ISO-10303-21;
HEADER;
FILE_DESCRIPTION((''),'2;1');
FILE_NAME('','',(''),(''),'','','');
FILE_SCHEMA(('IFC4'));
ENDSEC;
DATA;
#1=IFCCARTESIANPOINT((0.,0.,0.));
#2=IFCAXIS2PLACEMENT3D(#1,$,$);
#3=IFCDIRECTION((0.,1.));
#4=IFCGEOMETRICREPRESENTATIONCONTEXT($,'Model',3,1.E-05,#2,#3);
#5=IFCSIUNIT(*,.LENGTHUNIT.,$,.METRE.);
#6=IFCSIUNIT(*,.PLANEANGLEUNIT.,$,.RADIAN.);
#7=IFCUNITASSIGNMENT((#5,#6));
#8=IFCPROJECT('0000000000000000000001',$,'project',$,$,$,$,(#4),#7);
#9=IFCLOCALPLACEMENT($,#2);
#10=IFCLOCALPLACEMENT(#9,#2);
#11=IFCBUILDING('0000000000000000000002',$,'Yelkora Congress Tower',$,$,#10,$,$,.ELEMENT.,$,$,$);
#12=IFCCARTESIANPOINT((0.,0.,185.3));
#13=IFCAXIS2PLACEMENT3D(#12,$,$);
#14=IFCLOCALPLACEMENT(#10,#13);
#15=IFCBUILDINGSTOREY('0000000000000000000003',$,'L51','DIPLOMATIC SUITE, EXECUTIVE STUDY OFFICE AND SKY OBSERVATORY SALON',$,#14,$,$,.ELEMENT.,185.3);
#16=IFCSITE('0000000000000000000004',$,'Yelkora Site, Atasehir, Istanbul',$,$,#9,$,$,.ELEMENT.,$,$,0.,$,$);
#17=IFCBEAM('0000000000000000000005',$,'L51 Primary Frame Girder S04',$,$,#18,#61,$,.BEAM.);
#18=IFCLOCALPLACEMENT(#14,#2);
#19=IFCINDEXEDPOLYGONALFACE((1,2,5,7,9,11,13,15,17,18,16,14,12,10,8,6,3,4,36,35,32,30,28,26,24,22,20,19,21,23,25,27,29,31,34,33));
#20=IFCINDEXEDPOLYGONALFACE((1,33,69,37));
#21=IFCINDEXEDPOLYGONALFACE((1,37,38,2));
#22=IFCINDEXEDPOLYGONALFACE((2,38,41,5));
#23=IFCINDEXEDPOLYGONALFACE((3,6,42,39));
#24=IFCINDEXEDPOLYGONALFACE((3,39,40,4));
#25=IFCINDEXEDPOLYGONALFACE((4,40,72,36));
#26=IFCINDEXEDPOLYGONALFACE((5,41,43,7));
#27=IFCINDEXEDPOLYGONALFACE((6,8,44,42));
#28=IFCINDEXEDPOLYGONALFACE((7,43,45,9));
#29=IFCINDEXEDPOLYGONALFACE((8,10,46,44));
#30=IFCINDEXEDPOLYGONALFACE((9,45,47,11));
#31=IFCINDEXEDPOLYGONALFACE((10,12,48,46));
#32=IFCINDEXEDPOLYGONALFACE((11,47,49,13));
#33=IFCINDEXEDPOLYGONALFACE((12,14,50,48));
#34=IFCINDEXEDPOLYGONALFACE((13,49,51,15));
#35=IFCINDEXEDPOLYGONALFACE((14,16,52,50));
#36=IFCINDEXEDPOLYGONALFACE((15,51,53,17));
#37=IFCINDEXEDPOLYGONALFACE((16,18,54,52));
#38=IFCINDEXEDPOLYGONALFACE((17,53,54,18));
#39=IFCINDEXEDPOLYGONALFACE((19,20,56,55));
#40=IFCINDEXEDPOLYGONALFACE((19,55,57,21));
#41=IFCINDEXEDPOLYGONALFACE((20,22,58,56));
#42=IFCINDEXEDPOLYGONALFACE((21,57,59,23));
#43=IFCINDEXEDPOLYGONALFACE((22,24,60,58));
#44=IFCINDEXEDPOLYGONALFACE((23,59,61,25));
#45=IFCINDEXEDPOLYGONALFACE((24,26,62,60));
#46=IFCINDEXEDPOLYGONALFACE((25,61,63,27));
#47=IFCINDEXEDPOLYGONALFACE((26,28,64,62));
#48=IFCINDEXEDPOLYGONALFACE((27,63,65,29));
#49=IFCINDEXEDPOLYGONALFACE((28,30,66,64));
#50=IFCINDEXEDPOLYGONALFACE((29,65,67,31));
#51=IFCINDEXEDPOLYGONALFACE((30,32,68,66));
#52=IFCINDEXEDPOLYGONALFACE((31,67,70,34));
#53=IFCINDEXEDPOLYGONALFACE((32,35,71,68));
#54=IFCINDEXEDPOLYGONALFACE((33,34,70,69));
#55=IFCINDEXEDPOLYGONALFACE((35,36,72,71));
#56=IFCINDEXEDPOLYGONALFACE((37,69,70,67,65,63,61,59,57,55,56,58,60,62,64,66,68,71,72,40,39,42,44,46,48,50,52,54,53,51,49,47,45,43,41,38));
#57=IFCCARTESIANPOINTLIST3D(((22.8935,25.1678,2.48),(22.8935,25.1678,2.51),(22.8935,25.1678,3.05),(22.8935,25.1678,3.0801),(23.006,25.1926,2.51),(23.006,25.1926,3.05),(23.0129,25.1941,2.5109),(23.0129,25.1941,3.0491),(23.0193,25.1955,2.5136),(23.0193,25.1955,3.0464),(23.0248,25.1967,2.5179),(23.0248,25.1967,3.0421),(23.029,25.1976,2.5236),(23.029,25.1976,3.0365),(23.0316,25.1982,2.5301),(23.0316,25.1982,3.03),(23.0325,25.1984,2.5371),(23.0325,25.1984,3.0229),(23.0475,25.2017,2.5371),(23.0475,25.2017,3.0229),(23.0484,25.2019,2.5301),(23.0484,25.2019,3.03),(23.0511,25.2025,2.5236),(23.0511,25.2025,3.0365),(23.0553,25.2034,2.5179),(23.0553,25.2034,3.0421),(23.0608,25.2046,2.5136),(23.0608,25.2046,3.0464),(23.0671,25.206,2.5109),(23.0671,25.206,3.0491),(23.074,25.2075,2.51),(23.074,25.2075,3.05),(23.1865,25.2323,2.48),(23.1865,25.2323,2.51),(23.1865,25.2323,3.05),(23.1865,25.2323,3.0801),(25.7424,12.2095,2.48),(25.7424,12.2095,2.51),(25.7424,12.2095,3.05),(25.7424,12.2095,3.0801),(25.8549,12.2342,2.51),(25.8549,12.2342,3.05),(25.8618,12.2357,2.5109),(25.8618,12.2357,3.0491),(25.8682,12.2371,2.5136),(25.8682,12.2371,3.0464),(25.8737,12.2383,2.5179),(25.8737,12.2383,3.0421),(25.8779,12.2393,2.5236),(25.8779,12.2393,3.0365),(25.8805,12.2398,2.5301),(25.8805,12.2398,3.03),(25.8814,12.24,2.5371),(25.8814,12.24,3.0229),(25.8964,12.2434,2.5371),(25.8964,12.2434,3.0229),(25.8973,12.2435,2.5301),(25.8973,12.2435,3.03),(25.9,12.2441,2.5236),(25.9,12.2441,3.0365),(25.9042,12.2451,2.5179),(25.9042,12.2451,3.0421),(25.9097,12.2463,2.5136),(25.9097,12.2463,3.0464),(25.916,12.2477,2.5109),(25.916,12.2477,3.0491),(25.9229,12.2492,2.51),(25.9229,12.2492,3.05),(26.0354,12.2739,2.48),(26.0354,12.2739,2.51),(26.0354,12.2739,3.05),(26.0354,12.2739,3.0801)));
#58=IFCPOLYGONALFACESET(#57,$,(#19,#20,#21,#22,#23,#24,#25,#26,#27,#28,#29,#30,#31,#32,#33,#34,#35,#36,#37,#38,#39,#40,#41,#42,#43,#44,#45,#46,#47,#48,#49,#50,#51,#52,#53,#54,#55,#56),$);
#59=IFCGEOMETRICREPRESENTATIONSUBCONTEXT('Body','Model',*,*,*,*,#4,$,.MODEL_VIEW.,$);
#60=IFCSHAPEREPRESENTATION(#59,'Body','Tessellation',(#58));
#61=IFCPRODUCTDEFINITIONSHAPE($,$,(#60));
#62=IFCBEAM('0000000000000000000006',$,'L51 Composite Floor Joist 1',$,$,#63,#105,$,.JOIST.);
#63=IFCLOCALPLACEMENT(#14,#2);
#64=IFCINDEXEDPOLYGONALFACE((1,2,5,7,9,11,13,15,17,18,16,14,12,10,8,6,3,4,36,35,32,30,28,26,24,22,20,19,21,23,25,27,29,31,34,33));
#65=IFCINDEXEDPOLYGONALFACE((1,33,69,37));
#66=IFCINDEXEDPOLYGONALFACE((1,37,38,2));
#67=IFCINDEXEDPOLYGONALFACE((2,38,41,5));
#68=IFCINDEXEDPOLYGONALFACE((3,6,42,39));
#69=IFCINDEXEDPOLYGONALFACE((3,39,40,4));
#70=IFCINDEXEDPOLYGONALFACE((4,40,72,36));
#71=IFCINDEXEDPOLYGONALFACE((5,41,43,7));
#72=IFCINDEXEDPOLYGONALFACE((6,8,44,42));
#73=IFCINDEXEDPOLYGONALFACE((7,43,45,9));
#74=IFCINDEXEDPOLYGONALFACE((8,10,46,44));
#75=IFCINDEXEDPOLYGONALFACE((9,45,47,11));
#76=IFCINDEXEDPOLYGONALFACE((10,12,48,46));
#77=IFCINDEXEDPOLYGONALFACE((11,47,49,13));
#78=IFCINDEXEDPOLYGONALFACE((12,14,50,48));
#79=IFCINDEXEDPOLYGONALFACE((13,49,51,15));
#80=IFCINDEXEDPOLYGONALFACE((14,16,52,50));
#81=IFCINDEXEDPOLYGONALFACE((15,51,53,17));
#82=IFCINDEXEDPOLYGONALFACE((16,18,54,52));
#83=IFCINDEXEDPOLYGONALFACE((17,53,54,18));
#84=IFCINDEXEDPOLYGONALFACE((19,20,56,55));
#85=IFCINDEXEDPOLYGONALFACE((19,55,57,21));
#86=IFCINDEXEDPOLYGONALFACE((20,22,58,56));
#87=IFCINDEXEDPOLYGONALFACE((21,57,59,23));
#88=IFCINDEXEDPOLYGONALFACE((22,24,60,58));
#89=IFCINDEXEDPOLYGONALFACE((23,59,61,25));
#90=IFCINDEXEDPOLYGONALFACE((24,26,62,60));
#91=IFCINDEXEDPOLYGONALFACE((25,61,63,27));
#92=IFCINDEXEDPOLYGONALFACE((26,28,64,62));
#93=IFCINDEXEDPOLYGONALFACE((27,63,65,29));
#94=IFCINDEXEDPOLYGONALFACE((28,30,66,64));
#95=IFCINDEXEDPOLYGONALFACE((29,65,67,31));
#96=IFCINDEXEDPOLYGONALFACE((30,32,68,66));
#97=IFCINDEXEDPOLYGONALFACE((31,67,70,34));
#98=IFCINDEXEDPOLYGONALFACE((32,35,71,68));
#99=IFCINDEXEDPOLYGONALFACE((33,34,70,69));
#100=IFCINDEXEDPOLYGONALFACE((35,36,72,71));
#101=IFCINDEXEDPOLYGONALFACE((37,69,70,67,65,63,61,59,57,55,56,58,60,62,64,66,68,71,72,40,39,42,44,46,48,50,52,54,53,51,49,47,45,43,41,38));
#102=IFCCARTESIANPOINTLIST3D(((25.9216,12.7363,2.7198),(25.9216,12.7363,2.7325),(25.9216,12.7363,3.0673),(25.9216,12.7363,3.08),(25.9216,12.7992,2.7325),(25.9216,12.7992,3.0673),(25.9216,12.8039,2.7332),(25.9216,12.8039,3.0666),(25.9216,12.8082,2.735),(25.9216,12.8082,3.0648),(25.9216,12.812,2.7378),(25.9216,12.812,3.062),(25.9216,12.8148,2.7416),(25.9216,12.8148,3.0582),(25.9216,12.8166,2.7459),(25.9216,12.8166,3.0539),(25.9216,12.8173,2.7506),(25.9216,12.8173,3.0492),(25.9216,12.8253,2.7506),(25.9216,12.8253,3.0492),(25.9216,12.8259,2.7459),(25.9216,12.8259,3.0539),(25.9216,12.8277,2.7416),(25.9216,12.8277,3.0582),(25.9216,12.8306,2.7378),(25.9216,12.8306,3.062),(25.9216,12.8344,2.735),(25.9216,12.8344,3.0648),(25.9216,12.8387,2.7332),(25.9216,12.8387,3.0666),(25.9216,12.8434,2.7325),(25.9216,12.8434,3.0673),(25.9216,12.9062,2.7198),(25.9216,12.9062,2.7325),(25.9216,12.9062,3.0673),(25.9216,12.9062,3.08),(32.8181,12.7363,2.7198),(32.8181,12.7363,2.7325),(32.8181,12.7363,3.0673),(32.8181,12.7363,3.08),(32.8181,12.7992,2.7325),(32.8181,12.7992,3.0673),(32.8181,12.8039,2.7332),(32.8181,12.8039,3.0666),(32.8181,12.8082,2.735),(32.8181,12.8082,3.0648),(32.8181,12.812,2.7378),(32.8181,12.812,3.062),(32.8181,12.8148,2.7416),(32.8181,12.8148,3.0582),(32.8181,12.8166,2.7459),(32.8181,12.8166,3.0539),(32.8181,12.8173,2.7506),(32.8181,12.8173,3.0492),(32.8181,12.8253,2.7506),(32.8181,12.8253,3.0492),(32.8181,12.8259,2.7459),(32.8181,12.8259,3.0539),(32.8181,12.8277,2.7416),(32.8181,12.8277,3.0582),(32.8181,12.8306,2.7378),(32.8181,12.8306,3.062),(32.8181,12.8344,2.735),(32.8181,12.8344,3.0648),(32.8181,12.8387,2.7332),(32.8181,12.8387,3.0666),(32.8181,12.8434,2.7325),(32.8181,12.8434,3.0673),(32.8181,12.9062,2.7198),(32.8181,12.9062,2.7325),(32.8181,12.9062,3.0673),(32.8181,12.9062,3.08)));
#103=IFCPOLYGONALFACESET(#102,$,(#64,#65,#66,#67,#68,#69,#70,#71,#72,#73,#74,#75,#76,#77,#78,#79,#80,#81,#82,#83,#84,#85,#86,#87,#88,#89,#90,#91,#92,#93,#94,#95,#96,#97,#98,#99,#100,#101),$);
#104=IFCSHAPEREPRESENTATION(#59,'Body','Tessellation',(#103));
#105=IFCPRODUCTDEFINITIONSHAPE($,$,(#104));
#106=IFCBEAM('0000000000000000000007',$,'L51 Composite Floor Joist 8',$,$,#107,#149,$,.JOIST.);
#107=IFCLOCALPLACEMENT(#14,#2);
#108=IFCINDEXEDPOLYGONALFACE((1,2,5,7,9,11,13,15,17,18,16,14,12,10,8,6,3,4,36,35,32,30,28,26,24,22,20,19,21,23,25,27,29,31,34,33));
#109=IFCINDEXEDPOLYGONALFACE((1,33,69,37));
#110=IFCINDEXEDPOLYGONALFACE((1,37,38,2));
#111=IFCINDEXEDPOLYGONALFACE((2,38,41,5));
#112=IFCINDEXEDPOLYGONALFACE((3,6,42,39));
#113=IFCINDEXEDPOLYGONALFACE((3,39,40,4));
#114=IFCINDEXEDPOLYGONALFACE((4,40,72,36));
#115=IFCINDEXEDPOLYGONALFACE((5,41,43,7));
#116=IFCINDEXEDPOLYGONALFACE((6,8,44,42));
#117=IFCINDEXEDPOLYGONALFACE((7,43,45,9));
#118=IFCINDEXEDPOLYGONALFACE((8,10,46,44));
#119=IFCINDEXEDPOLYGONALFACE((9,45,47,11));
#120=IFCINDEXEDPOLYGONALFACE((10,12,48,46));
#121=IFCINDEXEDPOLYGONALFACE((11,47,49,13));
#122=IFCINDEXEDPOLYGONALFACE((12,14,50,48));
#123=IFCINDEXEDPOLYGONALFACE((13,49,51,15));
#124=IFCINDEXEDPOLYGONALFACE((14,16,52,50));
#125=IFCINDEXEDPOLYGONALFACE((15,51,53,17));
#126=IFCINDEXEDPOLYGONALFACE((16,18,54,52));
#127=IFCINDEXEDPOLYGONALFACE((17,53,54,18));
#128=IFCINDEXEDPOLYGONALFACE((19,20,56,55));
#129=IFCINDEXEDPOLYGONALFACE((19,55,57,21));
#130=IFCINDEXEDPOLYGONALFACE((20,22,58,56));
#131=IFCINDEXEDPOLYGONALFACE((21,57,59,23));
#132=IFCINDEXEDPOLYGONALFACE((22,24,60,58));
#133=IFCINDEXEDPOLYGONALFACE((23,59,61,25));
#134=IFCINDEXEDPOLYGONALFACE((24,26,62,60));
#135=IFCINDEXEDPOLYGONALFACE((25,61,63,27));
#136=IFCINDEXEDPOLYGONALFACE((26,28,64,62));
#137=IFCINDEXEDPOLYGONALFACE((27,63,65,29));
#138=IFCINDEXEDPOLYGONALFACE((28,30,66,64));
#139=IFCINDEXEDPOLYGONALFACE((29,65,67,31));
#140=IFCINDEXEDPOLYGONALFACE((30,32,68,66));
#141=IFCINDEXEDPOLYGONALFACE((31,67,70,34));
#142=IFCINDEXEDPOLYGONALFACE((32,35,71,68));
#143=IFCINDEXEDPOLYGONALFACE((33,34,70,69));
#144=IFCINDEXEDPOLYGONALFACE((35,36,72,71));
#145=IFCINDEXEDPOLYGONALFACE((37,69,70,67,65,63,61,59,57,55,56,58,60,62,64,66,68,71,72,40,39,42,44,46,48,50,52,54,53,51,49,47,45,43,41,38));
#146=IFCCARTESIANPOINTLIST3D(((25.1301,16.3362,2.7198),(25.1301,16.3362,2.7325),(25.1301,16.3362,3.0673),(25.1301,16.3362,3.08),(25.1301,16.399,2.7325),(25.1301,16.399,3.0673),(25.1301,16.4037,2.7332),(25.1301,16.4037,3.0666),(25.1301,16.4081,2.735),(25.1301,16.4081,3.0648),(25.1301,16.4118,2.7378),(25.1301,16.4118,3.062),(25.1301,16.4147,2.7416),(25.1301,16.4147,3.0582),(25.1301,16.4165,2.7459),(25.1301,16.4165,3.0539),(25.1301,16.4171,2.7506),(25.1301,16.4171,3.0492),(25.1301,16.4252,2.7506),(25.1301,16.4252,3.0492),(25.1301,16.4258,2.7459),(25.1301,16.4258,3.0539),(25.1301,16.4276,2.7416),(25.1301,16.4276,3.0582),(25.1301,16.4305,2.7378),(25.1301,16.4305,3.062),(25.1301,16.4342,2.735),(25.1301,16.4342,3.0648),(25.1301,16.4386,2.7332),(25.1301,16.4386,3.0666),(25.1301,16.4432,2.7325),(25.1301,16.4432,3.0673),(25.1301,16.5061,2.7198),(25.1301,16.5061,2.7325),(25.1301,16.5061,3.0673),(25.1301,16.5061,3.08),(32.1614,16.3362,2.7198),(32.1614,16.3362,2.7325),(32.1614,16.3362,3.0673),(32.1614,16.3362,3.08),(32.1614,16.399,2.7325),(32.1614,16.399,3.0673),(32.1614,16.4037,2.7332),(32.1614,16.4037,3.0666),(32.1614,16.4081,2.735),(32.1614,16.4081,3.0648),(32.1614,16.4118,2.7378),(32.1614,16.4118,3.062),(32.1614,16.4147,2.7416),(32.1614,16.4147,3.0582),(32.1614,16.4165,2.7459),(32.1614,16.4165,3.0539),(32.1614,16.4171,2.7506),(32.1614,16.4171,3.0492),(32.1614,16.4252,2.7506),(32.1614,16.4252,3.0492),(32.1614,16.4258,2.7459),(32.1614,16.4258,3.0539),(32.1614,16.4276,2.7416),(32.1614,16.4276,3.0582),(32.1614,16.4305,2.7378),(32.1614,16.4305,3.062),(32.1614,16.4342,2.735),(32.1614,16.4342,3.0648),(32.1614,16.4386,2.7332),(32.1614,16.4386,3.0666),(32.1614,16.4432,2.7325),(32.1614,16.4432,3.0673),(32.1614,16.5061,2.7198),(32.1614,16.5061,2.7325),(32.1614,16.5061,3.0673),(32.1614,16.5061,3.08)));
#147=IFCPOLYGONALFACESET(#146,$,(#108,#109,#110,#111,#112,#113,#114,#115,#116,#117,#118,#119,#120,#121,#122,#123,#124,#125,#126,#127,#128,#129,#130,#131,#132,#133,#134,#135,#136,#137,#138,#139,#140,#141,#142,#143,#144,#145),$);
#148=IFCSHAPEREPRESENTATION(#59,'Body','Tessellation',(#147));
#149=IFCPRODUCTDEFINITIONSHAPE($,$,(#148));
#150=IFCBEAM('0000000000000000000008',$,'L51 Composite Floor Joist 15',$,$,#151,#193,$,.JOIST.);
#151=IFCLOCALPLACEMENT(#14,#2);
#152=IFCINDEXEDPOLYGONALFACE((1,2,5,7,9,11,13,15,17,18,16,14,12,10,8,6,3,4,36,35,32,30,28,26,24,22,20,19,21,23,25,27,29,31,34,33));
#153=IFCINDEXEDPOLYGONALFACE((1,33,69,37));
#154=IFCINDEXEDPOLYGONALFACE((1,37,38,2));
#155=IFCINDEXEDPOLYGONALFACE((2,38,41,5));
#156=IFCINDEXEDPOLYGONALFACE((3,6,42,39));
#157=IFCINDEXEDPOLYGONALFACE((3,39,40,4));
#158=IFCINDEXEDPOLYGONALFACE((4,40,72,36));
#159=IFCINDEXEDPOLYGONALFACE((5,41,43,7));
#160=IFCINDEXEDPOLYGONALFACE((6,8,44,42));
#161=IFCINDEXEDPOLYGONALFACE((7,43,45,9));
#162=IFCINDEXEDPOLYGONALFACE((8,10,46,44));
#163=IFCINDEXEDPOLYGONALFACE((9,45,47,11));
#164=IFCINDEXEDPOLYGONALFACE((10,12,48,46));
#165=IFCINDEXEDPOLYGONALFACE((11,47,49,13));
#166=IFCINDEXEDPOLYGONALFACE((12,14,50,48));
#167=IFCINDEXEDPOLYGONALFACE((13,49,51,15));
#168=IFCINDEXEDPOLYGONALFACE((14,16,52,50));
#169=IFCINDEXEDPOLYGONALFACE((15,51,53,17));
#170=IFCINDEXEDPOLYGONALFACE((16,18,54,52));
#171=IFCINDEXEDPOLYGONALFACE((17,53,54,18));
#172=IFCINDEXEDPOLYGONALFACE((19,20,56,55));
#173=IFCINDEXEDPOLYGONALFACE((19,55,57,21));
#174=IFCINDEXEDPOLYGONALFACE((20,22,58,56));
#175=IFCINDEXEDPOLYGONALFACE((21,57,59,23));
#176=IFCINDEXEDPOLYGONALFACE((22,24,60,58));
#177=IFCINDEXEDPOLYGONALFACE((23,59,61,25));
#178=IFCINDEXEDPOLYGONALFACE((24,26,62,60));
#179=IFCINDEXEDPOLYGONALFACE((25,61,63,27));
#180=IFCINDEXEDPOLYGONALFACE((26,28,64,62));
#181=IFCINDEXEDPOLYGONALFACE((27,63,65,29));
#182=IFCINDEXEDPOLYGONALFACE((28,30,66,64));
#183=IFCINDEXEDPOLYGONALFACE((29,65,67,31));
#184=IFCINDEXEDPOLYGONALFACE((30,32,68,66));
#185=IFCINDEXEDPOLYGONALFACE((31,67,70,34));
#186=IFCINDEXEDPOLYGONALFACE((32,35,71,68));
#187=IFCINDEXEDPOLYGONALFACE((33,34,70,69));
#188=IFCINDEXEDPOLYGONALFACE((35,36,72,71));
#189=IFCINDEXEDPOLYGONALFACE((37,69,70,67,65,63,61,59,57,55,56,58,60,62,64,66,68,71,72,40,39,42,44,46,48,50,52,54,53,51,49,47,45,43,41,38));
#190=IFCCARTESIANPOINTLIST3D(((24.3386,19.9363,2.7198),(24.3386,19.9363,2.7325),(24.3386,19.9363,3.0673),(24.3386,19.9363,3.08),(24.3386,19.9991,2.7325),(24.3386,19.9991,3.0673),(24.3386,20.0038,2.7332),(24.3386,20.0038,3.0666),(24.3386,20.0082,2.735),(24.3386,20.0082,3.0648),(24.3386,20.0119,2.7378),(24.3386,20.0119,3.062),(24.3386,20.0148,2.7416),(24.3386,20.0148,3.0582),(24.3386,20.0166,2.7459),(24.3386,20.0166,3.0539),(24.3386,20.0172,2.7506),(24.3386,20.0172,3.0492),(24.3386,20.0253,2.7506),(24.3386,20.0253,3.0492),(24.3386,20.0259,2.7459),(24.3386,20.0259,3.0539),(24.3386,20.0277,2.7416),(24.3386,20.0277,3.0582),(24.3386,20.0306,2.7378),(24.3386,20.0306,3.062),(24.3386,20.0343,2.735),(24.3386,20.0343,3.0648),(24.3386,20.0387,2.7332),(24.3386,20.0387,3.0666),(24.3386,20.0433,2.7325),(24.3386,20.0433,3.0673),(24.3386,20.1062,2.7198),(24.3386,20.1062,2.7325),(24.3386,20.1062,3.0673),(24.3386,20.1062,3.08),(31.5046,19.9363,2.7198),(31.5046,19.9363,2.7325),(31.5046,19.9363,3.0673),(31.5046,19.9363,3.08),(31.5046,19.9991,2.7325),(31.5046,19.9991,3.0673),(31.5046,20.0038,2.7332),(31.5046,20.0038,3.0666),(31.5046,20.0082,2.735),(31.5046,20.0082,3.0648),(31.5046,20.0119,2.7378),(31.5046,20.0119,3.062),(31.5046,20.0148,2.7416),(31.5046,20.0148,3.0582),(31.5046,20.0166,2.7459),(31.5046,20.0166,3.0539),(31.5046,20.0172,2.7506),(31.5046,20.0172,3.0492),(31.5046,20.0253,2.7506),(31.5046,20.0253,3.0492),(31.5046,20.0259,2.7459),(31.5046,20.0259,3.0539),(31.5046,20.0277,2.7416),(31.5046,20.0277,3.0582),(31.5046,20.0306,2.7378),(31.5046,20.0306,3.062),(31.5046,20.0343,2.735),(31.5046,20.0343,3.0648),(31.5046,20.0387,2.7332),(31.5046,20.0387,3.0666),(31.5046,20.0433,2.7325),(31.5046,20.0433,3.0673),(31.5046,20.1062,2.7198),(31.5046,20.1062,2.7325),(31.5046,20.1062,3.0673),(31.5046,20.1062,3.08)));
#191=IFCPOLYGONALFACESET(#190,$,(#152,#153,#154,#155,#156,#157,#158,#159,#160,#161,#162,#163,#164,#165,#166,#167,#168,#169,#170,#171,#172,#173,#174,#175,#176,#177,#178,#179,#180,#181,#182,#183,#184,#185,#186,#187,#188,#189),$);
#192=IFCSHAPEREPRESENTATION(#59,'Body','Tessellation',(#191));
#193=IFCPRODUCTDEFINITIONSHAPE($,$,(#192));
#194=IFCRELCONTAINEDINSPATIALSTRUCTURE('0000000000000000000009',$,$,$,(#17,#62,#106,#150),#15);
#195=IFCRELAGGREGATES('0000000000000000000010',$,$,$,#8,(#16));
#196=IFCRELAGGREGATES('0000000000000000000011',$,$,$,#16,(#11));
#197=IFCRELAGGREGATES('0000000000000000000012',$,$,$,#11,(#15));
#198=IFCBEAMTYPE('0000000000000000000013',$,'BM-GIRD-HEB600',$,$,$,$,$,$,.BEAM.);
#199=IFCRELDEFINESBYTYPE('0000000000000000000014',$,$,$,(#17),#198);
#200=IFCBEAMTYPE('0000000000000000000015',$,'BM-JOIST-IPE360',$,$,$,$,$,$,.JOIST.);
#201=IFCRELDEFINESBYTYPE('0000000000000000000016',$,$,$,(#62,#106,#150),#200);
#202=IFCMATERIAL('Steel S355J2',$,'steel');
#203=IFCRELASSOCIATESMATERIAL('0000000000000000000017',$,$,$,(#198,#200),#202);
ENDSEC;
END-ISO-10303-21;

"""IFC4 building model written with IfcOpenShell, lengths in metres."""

from ifc_helpers import new_model, si_unit, direction, frame, origin, origin_2d, place, context, subcontext, project, spatial, i_section, extrude, material, material_profile, profile_set, type_object, element, save


model = new_model("IFC4")

# Units and contexts
model_context = context("Model", 3, precision=1e-05, world=origin(), true_north=direction((0.0, 1.0)))
body_context = subcontext(model_context, "Body", "Model", "MODEL_VIEW")
ifc_project = project(units=[si_unit("LENGTHUNIT", "METRE"), si_unit("PLANEANGLEUNIT", "RADIAN")], contexts=[model_context])

# Site, building, storey
site_placement = place(None, origin())
site = spatial("IfcSite", under=ifc_project, at=site_placement, Name="Yelkora Site, Atasehir, Istanbul", CompositionType="ELEMENT", RefElevation=0.0)
building_placement = place(site_placement, origin())
building = spatial("IfcBuilding", under=site, at=building_placement, Name="Yelkora Congress Tower", CompositionType="ELEMENT")
storey_placement = place(building_placement, frame((0.0, 0.0, 185.3)))
storey = spatial("IfcBuildingStorey", under=building, at=storey_placement, Name="L51", Description="DIPLOMATIC SUITE, EXECUTIVE STUDY OFFICE AND SKY OBSERVATORY SALON", CompositionType="ELEMENT", Elevation=185.3)

# Beams
ifc_material_1 = material(Name="Steel S355J2", Category="steel")
ifc_material_profile_1 = material_profile(ifc_material_1, i_section(OverallWidth=0.3, OverallDepth=0.6001, WebThickness=0.0154, FlangeThickness=0.03, FilletRadius=0.0271, at=origin_2d()), Name="HEB 600")
ifc_profile_set_1 = profile_set([ifc_material_profile_1], Name="Steel S355J2")
beam_type_1 = type_object("IfcBeamType", Name="BM-GIRD-HEB600", PredefinedType="BEAM", material=ifc_profile_set_1)
beam_1_placement = place(storey_placement, frame((25.8889, 12.2417, 2.78), z_axis=(-0.214722, 0.976675, 0.0), x_axis=(-0.976675, -0.214722, 0.0)))
element("IfcBeam", 1, at=beam_1_placement, inside=storey, type_object=beam_type_1, Name="L51 Primary Frame Girder S04", PredefinedType="BEAM", context=body_context, shape_type="SweptSolid", body=[
    extrude(i_section(OverallWidth=0.3, OverallDepth=0.6001, WebThickness=0.0154, FlangeThickness=0.03, FilletRadius=0.0271, at=origin_2d()), origin(), (0.0, 0.0, 1.0), 13.2678),
])
ifc_material_profile_2 = material_profile(ifc_material_1, i_section(OverallWidth=0.1699, OverallDepth=0.3601, WebThickness=0.0081, FlangeThickness=0.0127, FilletRadius=0.0181, at=origin_2d()), Name="IPE 360")
ifc_profile_set_2 = profile_set([ifc_material_profile_2], Name="Steel S355J2")
beam_type_2 = type_object("IfcBeamType", Name="BM-JOIST-IPE360", PredefinedType="JOIST", material=ifc_profile_set_2)
beam_2_placement = place(storey_placement, frame((25.9216, 12.8213, 2.8999), z_axis=(1.0, 0.0, 0.0), x_axis=(0.0, 1.0, 0.0)))
element("IfcBeam", 2, at=beam_2_placement, inside=storey, type_object=beam_type_2, Name="L51 Composite Floor Joist 1", PredefinedType="JOIST", context=body_context, shape_type="SweptSolid", body=[
    extrude(i_section(OverallWidth=0.1699, OverallDepth=0.3601, WebThickness=0.0081, FlangeThickness=0.0127, FilletRadius=0.0181, at=origin_2d()), origin(), (0.0, 0.0, 1.0), 6.8965),
])
beam_3_placement = place(storey_placement, frame((25.1301, 16.4211, 2.8999), z_axis=(1.0, 0.0, 0.0), x_axis=(0.0, 1.0, 0.0)))
element("IfcBeam", 3, at=beam_3_placement, inside=storey, type_object=beam_type_2, Name="L51 Composite Floor Joist 8", PredefinedType="JOIST", context=body_context, shape_type="SweptSolid", body=[
    extrude(i_section(OverallWidth=0.1699, OverallDepth=0.3601, WebThickness=0.0081, FlangeThickness=0.0127, FilletRadius=0.0181, at=origin_2d()), origin(), (0.0, 0.0, 1.0), 7.0312),
])
beam_4_placement = place(storey_placement, frame((24.3386, 20.0212, 2.8999), z_axis=(1.0, 0.0, 0.0), x_axis=(0.0, 1.0, 0.0)))
element("IfcBeam", 4, at=beam_4_placement, inside=storey, type_object=beam_type_2, Name="L51 Composite Floor Joist 15", PredefinedType="JOIST", context=body_context, shape_type="SweptSolid", body=[
    extrude(i_section(OverallWidth=0.1699, OverallDepth=0.3601, WebThickness=0.0081, FlangeThickness=0.0127, FilletRadius=0.0181, at=origin_2d()), origin(), (0.0, 0.0, 1.0), 7.166),
])

save(model, "model.ifc")
